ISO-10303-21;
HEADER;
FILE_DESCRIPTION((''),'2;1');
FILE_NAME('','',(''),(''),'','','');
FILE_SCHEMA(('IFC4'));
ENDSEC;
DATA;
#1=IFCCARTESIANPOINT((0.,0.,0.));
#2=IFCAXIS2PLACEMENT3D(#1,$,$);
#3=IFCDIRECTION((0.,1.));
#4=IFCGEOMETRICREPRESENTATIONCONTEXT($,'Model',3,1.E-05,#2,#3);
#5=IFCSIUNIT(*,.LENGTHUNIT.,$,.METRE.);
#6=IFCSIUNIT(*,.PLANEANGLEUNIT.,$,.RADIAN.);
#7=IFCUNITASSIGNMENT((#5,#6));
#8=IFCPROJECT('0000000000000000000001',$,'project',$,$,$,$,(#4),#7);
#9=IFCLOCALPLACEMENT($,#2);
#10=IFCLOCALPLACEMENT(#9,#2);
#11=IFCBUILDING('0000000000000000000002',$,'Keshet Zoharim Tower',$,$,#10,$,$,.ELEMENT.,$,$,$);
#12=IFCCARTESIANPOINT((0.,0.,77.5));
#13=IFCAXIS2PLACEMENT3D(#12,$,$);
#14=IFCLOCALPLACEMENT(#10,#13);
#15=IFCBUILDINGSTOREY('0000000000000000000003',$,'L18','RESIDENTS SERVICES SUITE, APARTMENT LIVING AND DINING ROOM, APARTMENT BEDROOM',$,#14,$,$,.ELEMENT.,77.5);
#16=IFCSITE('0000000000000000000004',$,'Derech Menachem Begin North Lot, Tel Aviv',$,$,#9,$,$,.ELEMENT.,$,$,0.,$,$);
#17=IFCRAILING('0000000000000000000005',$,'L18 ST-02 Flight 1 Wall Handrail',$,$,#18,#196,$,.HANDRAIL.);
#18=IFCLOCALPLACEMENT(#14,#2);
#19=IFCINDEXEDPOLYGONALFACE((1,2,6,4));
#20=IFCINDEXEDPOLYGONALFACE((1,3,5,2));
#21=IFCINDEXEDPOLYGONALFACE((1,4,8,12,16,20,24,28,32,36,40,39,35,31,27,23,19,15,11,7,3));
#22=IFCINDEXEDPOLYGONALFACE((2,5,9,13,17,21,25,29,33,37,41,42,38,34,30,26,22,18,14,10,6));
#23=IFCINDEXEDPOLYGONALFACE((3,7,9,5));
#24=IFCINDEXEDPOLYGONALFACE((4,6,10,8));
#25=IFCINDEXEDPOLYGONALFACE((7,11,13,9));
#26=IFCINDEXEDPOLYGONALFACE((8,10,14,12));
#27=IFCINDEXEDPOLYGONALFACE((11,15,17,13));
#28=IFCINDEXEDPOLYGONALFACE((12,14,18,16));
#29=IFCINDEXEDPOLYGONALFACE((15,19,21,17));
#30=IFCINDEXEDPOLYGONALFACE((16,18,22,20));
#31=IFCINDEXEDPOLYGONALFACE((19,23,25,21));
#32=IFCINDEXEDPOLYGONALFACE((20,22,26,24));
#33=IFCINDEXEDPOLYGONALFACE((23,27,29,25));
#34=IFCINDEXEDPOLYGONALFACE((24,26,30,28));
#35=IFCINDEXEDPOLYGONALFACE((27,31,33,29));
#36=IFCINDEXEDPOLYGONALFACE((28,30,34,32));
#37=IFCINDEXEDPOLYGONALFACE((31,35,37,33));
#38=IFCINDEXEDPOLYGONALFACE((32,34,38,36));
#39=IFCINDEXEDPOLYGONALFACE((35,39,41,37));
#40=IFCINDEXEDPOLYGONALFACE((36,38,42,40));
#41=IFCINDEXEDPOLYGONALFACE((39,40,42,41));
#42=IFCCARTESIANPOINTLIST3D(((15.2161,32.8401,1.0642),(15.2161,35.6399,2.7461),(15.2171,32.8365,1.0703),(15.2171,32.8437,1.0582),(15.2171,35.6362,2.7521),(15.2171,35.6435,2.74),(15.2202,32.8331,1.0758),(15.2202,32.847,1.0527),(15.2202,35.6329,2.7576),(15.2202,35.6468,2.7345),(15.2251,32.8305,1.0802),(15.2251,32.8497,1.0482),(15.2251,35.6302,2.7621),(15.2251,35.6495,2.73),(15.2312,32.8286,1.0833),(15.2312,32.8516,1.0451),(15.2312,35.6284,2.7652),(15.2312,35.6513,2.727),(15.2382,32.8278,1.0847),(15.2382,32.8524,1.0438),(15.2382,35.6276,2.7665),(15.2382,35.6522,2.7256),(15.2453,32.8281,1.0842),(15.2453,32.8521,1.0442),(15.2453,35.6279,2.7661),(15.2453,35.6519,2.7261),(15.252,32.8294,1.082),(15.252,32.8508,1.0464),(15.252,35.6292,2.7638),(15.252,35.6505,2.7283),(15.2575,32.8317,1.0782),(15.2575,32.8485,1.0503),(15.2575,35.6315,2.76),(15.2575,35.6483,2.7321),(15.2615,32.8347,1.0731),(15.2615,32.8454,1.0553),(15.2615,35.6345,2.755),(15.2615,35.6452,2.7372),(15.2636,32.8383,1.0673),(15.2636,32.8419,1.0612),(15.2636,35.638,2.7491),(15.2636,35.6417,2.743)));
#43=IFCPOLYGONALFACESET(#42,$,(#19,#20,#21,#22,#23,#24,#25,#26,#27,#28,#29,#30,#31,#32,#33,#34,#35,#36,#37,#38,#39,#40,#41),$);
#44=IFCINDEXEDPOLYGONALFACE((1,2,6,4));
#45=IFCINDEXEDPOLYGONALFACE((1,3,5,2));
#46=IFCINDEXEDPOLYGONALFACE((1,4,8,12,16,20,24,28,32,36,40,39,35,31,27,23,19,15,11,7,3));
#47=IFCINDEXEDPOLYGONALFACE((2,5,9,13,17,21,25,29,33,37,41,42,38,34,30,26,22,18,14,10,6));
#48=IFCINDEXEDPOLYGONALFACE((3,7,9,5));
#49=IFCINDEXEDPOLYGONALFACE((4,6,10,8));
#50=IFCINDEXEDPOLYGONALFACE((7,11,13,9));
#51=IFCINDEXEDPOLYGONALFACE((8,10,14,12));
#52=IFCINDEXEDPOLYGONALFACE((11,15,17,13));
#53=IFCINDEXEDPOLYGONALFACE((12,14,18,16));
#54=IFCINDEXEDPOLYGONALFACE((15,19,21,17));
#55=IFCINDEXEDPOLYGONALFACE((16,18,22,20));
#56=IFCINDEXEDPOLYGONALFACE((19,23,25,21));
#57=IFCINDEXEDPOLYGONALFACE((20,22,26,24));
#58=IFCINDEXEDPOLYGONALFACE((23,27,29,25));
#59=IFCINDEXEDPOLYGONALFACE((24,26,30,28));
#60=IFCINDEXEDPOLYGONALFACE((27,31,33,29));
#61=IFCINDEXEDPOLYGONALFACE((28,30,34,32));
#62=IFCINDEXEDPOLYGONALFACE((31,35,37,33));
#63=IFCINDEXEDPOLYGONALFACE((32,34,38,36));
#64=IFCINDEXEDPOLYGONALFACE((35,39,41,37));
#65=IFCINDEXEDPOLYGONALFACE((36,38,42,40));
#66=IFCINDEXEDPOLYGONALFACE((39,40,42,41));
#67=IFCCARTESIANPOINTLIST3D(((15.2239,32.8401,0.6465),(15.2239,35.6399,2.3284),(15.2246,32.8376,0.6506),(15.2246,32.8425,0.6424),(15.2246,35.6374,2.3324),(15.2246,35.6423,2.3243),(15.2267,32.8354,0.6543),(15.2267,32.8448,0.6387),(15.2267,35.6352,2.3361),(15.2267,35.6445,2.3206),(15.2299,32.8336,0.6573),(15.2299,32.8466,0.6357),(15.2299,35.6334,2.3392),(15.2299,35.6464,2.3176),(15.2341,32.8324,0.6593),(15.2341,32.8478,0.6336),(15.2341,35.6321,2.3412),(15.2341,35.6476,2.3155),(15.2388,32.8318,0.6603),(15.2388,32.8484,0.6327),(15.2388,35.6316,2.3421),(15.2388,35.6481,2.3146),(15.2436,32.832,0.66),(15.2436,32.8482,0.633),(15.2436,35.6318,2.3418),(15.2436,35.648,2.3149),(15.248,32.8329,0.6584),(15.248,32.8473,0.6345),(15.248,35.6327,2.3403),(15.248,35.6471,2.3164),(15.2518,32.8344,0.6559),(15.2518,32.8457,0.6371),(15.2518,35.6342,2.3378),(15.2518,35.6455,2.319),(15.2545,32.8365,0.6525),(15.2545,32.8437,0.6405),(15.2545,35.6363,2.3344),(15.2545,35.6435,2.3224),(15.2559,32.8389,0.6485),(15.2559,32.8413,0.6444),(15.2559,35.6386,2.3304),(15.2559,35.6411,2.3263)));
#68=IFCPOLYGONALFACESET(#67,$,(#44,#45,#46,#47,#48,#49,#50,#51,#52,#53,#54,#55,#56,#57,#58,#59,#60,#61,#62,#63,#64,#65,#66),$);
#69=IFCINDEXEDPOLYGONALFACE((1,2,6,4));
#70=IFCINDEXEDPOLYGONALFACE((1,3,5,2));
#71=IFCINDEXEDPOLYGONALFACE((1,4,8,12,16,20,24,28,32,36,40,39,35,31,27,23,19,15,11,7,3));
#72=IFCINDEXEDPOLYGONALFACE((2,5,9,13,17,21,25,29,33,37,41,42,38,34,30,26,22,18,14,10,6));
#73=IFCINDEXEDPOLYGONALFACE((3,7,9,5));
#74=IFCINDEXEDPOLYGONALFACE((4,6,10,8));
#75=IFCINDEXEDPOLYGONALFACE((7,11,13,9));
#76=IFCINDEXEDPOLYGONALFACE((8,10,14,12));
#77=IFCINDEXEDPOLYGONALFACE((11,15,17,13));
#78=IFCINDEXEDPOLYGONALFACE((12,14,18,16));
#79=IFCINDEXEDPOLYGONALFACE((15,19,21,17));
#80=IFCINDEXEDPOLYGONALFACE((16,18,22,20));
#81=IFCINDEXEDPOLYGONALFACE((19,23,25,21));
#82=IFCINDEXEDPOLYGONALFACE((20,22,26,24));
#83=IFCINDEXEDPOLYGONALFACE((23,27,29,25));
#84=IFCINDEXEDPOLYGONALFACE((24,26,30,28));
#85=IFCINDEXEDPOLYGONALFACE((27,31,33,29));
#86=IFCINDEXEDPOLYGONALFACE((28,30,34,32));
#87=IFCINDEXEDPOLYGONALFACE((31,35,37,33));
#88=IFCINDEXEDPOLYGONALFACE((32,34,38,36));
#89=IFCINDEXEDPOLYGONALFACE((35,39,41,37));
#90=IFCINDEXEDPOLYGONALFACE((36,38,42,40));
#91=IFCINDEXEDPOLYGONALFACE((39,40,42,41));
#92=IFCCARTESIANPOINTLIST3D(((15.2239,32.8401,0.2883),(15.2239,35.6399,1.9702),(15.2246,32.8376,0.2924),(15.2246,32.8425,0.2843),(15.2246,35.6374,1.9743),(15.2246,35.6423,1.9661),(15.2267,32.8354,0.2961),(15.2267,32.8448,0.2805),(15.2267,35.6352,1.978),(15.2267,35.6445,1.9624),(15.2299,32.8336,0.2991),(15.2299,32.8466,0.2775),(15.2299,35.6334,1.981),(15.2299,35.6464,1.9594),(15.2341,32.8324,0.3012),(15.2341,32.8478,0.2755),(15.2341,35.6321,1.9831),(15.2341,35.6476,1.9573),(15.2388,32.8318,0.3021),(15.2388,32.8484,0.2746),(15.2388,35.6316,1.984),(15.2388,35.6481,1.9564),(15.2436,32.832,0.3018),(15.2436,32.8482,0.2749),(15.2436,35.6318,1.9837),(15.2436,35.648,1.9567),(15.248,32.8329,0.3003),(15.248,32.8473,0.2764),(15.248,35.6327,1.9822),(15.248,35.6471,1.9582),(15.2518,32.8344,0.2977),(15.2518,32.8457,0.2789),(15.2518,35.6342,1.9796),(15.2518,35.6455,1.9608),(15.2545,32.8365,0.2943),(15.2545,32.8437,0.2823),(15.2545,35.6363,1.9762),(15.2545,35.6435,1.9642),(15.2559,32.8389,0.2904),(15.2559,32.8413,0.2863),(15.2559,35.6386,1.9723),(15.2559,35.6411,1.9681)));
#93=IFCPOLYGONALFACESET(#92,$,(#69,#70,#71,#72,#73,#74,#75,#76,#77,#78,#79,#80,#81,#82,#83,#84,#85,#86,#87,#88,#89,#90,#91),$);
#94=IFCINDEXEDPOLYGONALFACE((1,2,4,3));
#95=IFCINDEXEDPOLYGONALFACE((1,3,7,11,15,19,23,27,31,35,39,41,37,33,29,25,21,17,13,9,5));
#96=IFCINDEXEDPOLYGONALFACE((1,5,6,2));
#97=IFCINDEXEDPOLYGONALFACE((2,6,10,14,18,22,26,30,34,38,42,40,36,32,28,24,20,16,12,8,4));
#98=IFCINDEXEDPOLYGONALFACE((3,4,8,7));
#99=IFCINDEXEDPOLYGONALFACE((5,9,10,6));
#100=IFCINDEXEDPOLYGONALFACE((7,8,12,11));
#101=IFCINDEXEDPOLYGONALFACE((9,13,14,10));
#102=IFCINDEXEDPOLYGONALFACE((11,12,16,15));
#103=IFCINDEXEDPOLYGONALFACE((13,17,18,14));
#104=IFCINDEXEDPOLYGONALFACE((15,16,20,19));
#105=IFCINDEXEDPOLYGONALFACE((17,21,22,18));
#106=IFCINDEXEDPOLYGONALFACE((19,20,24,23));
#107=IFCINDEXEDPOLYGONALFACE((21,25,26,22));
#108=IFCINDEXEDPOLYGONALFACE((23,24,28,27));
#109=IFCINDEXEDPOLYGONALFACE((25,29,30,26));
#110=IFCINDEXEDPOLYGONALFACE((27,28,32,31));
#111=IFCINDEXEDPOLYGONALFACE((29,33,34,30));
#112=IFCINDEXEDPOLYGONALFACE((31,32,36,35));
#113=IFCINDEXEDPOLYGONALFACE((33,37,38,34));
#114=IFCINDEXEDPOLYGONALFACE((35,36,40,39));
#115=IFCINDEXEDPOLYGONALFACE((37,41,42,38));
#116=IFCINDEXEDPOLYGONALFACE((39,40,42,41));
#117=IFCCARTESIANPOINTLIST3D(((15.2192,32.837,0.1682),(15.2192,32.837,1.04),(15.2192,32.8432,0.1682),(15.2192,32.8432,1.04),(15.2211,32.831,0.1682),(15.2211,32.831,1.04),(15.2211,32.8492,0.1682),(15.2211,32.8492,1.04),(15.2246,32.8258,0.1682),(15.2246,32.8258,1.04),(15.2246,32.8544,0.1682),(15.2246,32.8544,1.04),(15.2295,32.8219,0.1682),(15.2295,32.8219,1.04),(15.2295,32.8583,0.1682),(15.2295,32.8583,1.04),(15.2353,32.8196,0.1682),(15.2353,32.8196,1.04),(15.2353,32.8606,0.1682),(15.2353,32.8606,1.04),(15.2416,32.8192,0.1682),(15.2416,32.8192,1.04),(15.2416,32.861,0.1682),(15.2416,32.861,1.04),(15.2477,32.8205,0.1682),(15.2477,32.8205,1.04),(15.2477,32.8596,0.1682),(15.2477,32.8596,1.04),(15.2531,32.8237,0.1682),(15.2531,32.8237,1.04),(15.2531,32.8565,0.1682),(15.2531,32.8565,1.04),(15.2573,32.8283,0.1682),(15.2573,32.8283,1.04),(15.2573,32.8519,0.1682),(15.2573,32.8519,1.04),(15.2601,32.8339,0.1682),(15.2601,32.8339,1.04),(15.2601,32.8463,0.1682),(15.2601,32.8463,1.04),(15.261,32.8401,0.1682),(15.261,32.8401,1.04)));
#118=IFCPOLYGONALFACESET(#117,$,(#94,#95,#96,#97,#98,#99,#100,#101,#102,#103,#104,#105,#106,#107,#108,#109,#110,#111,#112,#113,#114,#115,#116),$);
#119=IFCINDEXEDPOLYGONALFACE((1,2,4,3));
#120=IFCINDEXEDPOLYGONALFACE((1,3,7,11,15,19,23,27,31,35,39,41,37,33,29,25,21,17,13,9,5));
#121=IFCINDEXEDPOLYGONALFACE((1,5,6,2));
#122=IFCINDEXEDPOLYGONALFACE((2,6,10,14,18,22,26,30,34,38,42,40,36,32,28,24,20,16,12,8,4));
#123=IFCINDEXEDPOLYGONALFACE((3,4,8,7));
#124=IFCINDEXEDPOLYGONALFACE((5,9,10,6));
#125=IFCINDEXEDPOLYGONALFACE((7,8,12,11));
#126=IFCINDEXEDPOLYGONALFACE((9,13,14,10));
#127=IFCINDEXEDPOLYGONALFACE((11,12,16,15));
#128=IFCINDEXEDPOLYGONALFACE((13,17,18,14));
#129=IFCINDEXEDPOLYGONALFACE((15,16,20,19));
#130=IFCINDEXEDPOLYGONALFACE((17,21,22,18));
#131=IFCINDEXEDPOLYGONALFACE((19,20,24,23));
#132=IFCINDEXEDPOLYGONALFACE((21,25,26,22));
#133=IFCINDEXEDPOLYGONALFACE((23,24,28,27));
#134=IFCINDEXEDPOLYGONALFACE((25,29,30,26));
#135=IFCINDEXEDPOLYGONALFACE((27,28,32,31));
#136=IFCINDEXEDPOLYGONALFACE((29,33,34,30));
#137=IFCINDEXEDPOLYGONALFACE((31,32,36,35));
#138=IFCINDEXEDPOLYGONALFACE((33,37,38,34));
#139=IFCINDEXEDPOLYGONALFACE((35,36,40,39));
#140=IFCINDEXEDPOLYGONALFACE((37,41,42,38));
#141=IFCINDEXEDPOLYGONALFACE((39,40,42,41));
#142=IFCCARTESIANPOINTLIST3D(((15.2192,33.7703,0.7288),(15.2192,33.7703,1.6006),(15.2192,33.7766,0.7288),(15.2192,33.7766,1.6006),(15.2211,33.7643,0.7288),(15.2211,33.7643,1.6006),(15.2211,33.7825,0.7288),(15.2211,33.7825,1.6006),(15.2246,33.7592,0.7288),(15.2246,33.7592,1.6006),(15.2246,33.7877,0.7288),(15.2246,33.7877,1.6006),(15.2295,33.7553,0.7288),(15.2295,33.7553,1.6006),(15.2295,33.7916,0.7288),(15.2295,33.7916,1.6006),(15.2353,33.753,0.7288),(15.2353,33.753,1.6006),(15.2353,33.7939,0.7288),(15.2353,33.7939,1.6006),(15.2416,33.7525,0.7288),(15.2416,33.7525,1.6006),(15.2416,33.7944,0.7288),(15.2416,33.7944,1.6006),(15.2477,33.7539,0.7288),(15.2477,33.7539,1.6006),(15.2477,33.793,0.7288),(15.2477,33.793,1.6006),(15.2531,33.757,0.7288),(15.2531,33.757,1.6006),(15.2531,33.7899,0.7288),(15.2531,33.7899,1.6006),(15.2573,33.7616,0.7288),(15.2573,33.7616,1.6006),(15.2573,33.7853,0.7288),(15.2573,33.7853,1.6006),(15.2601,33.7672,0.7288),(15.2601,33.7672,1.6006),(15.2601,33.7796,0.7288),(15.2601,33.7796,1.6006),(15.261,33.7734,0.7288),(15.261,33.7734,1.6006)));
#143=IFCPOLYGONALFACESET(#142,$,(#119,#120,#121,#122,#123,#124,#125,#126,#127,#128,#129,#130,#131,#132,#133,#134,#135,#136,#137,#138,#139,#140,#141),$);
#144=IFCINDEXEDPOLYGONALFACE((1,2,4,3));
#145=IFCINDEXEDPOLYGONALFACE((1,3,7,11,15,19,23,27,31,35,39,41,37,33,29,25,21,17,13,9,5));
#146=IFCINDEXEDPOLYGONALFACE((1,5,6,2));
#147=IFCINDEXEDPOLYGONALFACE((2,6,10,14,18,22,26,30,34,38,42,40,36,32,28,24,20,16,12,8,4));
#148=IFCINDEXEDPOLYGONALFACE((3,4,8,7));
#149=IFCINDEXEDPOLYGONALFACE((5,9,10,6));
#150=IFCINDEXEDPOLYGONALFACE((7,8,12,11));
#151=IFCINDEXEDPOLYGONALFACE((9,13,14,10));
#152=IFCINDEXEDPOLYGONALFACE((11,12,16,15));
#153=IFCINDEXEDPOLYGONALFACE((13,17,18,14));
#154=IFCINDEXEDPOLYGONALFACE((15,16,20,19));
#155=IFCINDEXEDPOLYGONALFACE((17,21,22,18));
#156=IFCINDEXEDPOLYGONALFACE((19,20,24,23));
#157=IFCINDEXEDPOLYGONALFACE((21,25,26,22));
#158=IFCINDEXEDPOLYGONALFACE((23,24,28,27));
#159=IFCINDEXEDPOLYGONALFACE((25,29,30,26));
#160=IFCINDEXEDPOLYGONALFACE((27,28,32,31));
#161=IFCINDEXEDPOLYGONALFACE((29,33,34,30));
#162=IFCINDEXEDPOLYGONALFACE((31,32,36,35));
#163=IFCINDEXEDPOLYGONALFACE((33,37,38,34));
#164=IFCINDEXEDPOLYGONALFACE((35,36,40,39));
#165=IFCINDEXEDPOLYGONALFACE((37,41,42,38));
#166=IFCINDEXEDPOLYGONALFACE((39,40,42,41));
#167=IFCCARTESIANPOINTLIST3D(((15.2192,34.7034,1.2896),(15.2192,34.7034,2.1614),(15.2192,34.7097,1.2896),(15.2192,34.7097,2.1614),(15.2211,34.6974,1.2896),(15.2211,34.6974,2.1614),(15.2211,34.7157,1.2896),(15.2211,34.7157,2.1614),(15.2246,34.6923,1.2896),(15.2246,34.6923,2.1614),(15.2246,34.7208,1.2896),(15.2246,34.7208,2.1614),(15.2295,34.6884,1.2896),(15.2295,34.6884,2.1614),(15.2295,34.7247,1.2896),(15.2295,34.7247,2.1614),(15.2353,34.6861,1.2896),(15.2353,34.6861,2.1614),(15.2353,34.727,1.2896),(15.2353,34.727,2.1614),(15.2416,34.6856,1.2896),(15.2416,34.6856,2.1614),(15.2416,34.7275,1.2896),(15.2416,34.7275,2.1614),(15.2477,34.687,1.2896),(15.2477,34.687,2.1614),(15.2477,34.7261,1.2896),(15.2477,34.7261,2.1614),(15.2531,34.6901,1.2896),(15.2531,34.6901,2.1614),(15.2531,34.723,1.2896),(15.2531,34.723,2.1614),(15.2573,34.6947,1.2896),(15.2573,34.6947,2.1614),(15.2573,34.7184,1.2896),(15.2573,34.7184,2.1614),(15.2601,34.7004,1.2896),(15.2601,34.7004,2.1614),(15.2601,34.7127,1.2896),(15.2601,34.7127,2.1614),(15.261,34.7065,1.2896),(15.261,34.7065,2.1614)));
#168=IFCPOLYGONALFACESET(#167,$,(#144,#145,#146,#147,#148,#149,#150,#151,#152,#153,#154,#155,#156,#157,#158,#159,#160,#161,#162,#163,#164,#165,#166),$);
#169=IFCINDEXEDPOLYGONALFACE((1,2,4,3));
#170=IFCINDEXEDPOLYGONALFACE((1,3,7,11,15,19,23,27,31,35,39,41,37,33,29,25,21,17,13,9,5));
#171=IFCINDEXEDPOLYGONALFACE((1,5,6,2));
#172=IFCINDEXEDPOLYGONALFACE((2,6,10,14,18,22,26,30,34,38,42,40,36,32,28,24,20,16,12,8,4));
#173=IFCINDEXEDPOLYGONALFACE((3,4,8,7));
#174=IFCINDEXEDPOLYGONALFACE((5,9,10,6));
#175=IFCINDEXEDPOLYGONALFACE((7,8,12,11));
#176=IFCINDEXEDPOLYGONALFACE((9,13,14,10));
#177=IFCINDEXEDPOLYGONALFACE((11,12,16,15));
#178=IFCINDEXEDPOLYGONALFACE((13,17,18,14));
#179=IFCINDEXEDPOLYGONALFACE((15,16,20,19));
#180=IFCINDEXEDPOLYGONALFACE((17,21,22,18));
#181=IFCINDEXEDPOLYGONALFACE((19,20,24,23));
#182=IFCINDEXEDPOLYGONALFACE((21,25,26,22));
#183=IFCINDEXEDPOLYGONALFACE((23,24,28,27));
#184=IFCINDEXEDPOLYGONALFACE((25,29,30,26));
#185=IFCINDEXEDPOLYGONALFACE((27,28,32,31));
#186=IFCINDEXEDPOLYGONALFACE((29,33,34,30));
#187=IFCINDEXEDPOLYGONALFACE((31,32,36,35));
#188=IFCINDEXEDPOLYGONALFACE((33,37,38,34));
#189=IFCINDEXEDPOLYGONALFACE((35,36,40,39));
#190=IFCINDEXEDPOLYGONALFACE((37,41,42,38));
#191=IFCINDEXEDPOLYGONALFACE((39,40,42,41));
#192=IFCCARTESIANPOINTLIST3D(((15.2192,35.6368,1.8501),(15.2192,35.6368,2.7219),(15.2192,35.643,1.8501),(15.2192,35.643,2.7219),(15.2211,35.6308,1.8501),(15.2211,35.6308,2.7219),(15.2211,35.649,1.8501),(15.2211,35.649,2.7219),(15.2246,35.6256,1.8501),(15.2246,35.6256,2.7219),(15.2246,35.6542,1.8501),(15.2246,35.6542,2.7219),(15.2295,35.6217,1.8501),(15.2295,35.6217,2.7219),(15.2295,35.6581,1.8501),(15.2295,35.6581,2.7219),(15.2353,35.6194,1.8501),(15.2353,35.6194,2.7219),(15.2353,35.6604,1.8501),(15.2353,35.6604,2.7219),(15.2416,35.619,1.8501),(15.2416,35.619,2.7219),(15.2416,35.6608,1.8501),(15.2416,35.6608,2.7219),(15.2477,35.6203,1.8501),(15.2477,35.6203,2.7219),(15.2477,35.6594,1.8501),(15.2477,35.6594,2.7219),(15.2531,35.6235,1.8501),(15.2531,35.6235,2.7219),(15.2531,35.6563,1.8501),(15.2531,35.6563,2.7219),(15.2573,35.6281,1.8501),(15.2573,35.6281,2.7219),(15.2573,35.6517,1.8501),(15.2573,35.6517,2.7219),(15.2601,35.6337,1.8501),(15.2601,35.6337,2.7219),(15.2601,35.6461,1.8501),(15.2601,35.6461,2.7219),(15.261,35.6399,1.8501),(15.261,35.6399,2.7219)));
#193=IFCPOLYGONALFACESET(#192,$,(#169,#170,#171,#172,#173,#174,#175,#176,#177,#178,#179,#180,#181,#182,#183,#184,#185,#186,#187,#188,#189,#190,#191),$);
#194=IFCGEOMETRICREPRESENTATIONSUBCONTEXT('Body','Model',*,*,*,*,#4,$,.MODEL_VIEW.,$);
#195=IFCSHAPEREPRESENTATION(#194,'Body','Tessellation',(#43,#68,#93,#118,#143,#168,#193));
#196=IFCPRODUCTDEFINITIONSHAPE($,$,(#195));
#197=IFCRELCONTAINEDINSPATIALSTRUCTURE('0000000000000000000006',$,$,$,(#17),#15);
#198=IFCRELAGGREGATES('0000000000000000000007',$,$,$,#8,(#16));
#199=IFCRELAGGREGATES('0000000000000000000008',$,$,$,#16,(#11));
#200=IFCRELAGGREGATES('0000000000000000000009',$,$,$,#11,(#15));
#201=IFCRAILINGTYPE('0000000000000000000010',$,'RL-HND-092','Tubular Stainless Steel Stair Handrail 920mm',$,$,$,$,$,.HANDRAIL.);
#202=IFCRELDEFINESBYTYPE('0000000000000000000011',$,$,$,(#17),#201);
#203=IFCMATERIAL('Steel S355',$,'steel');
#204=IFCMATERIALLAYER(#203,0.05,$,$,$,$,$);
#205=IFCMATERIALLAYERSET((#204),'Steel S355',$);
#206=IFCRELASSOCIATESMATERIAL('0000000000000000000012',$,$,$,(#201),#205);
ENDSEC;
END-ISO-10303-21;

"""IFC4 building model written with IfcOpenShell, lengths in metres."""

from ifc_helpers import new_model, si_unit, direction, frame, origin, origin_2d, place, context, subcontext, project, spatial, circle, extrude, material, layer, layer_set, type_object, element, save


model = new_model("IFC4")

# Units and contexts
model_context = context("Model", 3, precision=1e-05, world=origin(), true_north=direction((0.0, 1.0)))
body_context = subcontext(model_context, "Body", "Model", "MODEL_VIEW")
ifc_project = project(units=[si_unit("LENGTHUNIT", "METRE"), si_unit("PLANEANGLEUNIT", "RADIAN")], contexts=[model_context])

# Site, building, storey
site_placement = place(None, origin())
site = spatial("IfcSite", under=ifc_project, at=site_placement, Name="Derech Menachem Begin North Lot, Tel Aviv", CompositionType="ELEMENT", RefElevation=0.0)
building_placement = place(site_placement, origin())
building = spatial("IfcBuilding", under=site, at=building_placement, Name="Keshet Zoharim Tower", CompositionType="ELEMENT")
storey_placement = place(building_placement, frame((0.0, 0.0, 77.5)))
storey = spatial("IfcBuildingStorey", under=building, at=storey_placement, Name="L18", Description="RESIDENTS SERVICES SUITE, APARTMENT LIVING AND DINING ROOM, APARTMENT BEDROOM", CompositionType="ELEMENT", Elevation=77.5)

# Shared definitions
ifc_material_1 = material(Name="Steel S355", Category="steel")

# Railing
ifc_layer_1 = layer(ifc_material_1, 0.05)
ifc_layer_set_1 = layer_set([ifc_layer_1], Name="Steel S355")
railing_type_1 = type_object("IfcRailingType", Name="RL-HND-092", Description="Tubular Stainless Steel Stair Handrail 920mm", PredefinedType="HANDRAIL", material=ifc_layer_set_1)
railing_1_placement = place(storey_placement, frame((15.24, 32.8401, 0.1682)))
element("IfcRailing", 1, at=railing_1_placement, inside=storey, type_object=railing_type_1, Name="L18 ST-02 Flight 1 Wall Handrail", PredefinedType="HANDRAIL", context=body_context, shape_type="SweptSolid", body=[
    extrude(circle(Radius=0.0239, at=origin_2d()), frame((0.0, 0.0, 0.896), z_axis=(0.0, 0.857222, 0.514946), x_axis=(-1.0, 0.0, 0.0)), (0.0, 0.0, 1.0), 3.2661),
    extrude(circle(Radius=0.0161, at=origin_2d()), frame((0.0, 0.0, 0.4783), z_axis=(0.0, 0.857222, 0.514946), x_axis=(-1.0, 0.0, 0.0)), (0.0, 0.0, 1.0), 3.2661),
    extrude(circle(Radius=0.0161, at=origin_2d()), frame((0.0, 0.0, 0.1201), z_axis=(0.0, 0.857222, 0.514946), x_axis=(-1.0, 0.0, 0.0)), (0.0, 0.0, 1.0), 3.2661),
    extrude(circle(Radius=0.021, at=origin_2d()), origin(), (0.0, 0.0, 1.0), 0.8718),
    extrude(circle(Radius=0.021, at=origin_2d()), frame((0.0, 0.9333, 0.5605)), (0.0, 0.0, 1.0), 0.8718),
    extrude(circle(Radius=0.021, at=origin_2d()), frame((0.0, 1.8665, 1.1213)), (0.0, 0.0, 1.0), 0.8718),
    extrude(circle(Radius=0.021, at=origin_2d()), frame((0.0, 2.7998, 1.6819)), (0.0, 0.0, 1.0), 0.8718),
])

save(model, "model.ifc")
